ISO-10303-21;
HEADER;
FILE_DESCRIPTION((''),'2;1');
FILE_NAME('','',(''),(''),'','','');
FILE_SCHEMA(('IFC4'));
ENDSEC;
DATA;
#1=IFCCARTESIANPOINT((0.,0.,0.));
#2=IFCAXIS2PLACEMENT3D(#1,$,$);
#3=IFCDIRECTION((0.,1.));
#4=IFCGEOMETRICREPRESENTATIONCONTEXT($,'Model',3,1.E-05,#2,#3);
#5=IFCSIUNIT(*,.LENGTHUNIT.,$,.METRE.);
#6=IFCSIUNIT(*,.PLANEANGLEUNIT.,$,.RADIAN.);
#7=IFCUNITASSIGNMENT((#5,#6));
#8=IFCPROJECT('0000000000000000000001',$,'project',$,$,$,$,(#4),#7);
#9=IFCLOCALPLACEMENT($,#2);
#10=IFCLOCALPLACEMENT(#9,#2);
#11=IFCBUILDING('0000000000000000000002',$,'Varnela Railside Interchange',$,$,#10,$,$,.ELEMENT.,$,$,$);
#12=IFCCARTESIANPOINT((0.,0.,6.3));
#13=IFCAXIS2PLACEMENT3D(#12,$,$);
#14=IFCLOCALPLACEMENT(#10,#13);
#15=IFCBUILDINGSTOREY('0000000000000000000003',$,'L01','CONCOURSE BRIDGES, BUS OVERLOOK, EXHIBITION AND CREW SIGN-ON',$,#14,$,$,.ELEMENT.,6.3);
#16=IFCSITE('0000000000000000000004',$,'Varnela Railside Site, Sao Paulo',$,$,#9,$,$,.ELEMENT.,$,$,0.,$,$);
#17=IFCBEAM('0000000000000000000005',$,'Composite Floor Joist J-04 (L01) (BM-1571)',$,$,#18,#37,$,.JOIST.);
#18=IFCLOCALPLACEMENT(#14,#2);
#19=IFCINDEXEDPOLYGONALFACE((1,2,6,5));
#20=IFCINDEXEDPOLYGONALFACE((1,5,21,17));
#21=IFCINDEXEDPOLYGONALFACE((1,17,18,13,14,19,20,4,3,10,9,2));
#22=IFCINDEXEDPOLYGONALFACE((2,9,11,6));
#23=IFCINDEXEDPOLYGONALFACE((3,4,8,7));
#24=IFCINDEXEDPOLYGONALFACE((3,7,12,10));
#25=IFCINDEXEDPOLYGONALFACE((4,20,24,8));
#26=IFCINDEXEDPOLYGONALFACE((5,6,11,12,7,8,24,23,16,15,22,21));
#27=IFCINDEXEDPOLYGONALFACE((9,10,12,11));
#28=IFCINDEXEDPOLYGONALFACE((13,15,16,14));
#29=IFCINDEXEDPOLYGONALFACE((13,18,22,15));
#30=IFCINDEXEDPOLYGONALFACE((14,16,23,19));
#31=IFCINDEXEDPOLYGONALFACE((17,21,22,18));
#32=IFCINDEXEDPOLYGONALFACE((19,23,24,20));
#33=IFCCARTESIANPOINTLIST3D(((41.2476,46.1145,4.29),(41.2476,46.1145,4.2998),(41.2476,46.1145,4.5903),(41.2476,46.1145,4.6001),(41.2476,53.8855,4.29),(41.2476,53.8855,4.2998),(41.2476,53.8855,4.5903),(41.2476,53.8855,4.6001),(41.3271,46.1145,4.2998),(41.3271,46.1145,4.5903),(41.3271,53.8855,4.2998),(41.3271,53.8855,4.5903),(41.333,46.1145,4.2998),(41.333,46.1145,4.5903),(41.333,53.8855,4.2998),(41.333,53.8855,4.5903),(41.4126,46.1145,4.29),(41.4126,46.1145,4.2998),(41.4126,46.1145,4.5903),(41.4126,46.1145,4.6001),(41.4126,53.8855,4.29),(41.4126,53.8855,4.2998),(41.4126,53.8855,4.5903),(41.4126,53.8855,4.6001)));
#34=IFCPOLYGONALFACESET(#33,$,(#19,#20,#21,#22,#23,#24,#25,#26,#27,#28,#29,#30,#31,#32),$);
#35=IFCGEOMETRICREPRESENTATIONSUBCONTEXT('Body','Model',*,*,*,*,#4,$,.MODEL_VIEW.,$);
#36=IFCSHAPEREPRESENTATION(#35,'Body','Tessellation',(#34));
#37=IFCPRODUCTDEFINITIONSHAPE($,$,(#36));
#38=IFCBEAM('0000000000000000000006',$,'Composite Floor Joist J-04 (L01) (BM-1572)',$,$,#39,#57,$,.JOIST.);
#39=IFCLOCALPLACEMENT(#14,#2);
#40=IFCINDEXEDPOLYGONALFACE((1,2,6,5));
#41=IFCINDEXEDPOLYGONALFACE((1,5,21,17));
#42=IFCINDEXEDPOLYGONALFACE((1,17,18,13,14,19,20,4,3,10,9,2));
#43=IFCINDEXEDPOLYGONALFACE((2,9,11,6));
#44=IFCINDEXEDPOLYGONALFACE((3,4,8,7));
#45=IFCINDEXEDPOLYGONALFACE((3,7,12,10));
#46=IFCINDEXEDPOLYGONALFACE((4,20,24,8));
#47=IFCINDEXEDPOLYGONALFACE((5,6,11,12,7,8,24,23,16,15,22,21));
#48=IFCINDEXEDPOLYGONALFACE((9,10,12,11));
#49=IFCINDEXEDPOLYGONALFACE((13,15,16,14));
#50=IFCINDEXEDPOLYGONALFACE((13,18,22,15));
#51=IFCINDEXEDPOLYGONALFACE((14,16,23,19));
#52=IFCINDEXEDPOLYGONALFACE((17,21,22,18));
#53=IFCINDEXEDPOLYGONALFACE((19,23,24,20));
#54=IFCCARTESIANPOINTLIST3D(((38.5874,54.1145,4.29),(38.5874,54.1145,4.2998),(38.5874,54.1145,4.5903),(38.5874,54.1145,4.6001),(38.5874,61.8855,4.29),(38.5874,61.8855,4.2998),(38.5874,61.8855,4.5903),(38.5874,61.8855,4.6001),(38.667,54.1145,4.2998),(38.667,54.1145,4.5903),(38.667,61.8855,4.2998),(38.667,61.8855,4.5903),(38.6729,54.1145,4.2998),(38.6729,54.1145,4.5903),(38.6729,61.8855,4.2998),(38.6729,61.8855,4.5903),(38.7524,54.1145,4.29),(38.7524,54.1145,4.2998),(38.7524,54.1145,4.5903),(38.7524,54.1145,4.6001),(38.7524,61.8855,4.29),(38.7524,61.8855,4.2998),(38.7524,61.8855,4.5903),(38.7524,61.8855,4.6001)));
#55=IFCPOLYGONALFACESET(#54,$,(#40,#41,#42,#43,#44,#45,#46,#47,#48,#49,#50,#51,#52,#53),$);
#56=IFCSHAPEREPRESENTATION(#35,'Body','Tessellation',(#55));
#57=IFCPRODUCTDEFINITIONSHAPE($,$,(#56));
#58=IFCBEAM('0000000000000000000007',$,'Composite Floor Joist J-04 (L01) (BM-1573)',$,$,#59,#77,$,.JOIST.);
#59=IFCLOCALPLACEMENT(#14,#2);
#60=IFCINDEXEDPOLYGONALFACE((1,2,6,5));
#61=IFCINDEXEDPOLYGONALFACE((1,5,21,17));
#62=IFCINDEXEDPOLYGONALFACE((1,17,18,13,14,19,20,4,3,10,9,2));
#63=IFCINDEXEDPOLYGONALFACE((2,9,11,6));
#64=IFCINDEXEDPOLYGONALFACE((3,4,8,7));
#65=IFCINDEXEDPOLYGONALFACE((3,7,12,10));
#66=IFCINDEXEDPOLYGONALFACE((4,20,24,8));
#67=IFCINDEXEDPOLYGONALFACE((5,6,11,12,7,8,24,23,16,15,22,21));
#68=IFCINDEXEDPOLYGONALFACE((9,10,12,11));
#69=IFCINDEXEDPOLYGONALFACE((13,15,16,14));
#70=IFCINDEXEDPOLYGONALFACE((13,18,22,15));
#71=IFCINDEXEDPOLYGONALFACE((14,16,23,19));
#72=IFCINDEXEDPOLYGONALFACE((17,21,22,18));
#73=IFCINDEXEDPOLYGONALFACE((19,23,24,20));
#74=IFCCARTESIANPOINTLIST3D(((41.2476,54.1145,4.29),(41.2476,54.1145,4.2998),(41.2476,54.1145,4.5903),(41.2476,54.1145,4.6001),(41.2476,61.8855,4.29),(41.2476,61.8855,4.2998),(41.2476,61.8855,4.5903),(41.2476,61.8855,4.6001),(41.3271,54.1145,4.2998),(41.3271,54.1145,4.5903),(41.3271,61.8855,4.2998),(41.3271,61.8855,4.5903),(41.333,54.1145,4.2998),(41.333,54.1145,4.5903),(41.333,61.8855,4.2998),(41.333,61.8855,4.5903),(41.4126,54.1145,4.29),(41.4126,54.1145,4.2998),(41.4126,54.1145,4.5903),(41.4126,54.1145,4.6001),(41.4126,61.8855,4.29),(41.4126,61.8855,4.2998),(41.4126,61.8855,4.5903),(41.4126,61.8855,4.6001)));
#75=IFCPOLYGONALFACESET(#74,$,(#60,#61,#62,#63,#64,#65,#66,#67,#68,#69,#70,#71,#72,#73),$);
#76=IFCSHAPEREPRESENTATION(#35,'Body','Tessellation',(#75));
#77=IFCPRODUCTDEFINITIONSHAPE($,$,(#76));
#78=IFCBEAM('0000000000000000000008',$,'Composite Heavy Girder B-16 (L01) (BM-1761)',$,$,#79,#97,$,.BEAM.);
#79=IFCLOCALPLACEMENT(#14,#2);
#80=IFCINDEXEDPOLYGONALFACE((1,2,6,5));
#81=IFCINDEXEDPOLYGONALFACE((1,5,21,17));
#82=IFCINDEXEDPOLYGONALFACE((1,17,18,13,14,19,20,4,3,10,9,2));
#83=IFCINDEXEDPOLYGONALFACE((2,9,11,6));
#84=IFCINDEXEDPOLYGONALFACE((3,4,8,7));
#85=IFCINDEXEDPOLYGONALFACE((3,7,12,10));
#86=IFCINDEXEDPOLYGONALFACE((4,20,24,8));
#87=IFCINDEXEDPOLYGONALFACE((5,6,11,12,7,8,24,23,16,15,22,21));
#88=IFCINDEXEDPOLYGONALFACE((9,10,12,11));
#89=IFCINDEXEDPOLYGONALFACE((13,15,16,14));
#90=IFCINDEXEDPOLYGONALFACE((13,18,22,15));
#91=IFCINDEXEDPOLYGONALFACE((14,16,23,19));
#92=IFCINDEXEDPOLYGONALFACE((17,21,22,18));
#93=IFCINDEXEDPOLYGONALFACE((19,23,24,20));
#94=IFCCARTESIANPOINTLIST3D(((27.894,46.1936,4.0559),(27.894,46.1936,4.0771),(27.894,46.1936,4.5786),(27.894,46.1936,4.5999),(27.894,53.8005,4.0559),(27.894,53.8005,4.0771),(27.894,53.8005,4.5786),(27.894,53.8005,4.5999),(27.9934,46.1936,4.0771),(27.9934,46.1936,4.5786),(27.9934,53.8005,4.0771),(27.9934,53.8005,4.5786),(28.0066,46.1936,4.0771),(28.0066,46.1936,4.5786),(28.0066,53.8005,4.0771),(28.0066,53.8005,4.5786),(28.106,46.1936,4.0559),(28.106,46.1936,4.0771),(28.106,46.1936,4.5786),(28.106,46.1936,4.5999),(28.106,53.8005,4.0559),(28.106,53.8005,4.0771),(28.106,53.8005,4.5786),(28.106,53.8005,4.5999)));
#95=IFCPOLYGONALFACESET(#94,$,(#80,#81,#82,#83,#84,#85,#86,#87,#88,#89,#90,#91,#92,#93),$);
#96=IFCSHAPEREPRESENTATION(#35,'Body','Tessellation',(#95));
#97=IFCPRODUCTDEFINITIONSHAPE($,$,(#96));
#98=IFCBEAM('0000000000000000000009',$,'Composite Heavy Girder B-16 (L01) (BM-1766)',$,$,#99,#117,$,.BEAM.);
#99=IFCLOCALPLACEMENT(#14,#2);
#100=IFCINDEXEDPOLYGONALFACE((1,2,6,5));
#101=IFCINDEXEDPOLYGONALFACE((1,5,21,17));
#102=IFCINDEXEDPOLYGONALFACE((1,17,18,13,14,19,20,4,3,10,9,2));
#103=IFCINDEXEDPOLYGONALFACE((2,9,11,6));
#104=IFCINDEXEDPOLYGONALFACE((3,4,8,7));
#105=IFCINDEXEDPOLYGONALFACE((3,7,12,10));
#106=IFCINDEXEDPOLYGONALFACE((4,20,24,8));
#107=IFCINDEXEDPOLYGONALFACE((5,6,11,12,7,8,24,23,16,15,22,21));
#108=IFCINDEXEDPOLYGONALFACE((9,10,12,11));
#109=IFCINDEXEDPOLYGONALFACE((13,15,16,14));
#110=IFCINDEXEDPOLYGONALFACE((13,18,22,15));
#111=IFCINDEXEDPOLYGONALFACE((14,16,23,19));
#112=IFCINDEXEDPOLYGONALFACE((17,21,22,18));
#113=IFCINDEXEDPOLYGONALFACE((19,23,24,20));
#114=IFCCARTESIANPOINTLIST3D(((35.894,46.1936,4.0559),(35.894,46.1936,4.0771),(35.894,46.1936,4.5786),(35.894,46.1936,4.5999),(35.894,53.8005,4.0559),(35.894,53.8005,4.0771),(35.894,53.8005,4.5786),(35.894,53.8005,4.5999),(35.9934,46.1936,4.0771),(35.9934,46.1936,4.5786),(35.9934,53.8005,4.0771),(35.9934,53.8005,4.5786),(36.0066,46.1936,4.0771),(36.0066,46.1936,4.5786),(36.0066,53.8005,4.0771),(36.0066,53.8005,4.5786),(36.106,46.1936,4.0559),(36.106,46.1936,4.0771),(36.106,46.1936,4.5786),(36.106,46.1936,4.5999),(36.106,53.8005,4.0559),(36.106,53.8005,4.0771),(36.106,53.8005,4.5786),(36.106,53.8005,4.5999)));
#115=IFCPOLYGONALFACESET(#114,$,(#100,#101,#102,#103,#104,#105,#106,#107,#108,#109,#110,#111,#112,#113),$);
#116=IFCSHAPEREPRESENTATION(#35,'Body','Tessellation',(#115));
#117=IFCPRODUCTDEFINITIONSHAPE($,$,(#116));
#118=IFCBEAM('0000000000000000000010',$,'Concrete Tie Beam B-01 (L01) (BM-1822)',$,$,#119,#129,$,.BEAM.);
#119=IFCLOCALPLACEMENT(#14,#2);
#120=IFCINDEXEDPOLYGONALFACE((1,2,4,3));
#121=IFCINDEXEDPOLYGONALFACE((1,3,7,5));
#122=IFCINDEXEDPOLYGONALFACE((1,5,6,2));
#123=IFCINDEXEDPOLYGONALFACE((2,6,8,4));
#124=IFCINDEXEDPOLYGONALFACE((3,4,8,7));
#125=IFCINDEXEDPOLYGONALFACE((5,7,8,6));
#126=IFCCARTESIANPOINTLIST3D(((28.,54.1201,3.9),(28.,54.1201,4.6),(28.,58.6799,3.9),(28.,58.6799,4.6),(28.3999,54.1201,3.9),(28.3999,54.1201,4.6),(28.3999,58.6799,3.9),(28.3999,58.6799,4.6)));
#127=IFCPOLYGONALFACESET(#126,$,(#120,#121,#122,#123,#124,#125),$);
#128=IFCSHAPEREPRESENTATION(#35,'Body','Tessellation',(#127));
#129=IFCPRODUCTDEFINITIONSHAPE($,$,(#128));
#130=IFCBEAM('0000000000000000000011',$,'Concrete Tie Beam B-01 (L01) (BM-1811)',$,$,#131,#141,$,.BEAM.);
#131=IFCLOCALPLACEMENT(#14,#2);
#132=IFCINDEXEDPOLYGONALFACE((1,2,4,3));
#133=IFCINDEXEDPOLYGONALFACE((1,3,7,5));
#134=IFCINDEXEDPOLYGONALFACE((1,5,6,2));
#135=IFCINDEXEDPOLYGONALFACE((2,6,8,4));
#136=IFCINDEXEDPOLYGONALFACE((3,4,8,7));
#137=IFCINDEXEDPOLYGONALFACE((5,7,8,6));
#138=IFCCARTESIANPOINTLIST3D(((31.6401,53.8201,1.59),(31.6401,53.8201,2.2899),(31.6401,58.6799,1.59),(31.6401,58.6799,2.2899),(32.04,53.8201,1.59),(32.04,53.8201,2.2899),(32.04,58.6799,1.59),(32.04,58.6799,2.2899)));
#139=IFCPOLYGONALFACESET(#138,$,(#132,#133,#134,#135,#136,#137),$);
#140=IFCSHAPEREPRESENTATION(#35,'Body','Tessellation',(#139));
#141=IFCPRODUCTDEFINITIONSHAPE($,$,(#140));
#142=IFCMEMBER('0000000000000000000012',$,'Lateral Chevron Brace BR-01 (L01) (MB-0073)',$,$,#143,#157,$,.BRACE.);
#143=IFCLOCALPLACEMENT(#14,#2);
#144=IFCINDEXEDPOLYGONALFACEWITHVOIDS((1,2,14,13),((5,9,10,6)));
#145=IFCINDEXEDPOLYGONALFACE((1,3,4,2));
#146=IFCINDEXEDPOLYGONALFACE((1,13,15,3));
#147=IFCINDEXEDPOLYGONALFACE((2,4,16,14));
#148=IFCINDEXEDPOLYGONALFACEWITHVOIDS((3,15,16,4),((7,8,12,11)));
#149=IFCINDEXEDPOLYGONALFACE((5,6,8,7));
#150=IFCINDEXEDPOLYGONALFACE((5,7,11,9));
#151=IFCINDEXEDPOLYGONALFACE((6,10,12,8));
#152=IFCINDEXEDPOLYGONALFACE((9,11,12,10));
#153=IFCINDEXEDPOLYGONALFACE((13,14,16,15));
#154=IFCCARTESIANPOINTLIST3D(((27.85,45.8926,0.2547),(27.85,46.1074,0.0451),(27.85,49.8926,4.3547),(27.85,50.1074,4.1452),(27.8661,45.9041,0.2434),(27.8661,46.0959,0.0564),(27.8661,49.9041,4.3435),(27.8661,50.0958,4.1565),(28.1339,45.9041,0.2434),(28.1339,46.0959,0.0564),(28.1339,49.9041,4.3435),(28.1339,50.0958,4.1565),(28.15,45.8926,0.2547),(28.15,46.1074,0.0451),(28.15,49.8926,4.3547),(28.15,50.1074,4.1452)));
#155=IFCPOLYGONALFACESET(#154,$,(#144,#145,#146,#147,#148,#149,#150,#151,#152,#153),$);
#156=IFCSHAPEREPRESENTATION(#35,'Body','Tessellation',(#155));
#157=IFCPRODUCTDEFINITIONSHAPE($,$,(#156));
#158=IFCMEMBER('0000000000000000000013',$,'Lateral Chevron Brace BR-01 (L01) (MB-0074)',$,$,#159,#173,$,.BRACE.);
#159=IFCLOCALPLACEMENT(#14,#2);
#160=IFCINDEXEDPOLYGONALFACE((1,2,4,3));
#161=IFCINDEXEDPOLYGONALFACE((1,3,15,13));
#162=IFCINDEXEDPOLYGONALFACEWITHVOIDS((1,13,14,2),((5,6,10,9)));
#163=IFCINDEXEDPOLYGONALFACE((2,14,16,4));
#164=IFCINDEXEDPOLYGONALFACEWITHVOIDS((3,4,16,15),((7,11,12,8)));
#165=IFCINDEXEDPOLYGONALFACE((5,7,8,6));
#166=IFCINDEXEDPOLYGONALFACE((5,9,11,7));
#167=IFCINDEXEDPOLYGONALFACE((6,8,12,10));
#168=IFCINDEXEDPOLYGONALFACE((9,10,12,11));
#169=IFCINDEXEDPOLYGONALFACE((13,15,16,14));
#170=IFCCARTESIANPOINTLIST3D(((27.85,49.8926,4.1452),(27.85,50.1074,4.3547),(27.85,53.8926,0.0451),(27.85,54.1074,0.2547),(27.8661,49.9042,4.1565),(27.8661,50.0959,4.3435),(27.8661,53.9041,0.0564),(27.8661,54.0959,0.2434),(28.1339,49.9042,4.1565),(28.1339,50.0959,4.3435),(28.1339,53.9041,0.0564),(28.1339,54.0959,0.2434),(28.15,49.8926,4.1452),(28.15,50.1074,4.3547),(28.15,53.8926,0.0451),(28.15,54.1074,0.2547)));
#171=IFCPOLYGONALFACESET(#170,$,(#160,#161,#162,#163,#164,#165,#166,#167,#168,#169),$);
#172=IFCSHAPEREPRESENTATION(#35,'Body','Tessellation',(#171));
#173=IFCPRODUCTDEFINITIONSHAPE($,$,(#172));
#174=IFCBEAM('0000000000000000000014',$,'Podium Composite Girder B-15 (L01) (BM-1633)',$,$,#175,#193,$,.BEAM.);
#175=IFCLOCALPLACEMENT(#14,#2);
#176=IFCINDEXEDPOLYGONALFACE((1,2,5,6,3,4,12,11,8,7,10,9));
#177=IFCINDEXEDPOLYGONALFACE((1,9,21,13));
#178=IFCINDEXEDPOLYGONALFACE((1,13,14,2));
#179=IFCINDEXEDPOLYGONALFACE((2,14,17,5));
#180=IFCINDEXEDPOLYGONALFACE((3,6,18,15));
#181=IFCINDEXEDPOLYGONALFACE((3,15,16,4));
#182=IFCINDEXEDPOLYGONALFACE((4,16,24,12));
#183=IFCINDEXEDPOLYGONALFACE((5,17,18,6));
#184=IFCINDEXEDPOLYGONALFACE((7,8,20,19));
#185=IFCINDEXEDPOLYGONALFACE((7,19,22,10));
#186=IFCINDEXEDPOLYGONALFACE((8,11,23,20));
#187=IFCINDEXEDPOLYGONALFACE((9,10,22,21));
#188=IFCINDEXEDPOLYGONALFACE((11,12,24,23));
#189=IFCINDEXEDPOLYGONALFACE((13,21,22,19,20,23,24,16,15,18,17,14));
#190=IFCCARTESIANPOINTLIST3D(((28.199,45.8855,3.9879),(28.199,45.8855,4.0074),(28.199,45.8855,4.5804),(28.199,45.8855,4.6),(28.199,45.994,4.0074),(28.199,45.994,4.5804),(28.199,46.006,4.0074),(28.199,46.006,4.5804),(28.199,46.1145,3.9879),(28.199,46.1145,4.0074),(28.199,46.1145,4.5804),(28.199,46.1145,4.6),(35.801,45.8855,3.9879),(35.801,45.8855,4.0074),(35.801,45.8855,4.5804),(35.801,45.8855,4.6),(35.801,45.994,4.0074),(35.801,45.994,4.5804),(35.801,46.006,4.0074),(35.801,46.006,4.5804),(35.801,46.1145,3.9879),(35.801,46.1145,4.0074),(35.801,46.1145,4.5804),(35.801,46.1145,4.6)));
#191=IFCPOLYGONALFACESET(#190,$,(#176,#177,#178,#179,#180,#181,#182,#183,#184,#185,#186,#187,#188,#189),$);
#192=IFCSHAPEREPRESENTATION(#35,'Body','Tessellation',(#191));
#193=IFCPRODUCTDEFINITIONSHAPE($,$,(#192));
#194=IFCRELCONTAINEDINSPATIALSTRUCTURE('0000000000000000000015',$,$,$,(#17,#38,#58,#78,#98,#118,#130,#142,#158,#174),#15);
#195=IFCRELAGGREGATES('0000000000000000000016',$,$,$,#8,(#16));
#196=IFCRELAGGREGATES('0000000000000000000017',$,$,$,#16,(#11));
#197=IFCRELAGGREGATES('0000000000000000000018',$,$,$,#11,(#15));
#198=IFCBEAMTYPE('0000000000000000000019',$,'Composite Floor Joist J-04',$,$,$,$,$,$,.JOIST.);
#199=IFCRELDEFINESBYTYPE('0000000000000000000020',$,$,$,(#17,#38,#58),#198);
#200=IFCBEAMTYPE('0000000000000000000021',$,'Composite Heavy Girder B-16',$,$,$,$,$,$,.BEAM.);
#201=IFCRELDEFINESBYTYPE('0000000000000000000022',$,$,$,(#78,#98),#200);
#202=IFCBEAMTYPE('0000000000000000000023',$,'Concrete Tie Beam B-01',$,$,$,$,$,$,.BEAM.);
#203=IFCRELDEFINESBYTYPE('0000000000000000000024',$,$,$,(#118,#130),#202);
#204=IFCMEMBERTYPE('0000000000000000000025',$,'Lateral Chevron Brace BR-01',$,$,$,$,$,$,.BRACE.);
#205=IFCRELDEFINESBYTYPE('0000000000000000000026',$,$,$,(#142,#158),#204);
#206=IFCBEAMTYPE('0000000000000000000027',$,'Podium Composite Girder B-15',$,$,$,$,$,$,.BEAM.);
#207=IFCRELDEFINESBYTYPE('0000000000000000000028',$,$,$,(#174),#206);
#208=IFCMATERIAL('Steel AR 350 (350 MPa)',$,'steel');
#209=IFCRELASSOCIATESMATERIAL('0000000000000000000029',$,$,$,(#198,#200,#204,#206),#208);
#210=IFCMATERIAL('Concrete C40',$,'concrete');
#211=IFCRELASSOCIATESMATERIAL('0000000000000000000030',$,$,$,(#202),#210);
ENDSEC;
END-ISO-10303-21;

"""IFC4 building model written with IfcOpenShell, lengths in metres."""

from ifc_helpers import new_model, si_unit, direction, frame, origin, origin_2d, place, context, subcontext, project, spatial, rectangle, hollow_rectangle, i_section, extrude, material, material_profile, profile_set, type_object, element, save


model = new_model("IFC4")

# Units and contexts
model_context = context("Model", 3, precision=1e-05, world=origin(), true_north=direction((0.0, 1.0)))
body_context = subcontext(model_context, "Body", "Model", "MODEL_VIEW")
ifc_project = project(units=[si_unit("LENGTHUNIT", "METRE"), si_unit("PLANEANGLEUNIT", "RADIAN")], contexts=[model_context])

# Site, building, storey
site_placement = place(None, origin())
site = spatial("IfcSite", under=ifc_project, at=site_placement, Name="Varnela Railside Site, Sao Paulo", CompositionType="ELEMENT", RefElevation=0.0)
building_placement = place(site_placement, origin())
building = spatial("IfcBuilding", under=site, at=building_placement, Name="Varnela Railside Interchange", CompositionType="ELEMENT")
storey_placement = place(building_placement, frame((0.0, 0.0, 6.3)))
storey = spatial("IfcBuildingStorey", under=building, at=storey_placement, Name="L01", Description="CONCOURSE BRIDGES, BUS OVERLOOK, EXHIBITION AND CREW SIGN-ON", CompositionType="ELEMENT", Elevation=6.3)

# Shared definitions
ifc_material_1 = material(Name="Steel AR 350 (350 MPa)", Category="steel")

# Beams
ifc_material_profile_1 = material_profile(ifc_material_1, i_section(OverallWidth=0.165, OverallDepth=0.3101, WebThickness=0.0059, FlangeThickness=0.0098, at=origin_2d()), Name="W310x38.7")
ifc_profile_set_1 = profile_set([ifc_material_profile_1], Name="Steel AR 350 (350 MPa)")
beam_type_1 = type_object("IfcBeamType", Name="Composite Floor Joist J-04", PredefinedType="JOIST", material=ifc_profile_set_1)
for number, where, z_axis, x_axis, name in (
    (1, (41.3301, 46.1145, 4.4451), (0.0, 1.0, 0.0), (-1.0, 0.0, 0.0), "Composite Floor Joist J-04 (L01) (BM-1571)"),
    (2, (38.6699, 54.1145, 4.4451), (0.0, 1.0, 0.0), (-1.0, 0.0, 0.0), "Composite Floor Joist J-04 (L01) (BM-1572)"),
    (3, (41.3301, 54.1145, 4.4451), (0.0, 1.0, 0.0), (-1.0, 0.0, 0.0), "Composite Floor Joist J-04 (L01) (BM-1573)"),
):
    element("IfcBeam", number, at=place(storey_placement, frame(where, z_axis=z_axis, x_axis=x_axis)), inside=storey, type_object=beam_type_1, Name=name, PredefinedType="JOIST", context=body_context, shape_type="SweptSolid", body=[
        extrude(i_section(OverallWidth=0.165, OverallDepth=0.3101, WebThickness=0.0059, FlangeThickness=0.0098, at=origin_2d()), origin(), (0.0, 0.0, 1.0), 7.771),
    ])
ifc_material_profile_2 = material_profile(ifc_material_1, i_section(OverallWidth=0.2119, OverallDepth=0.5439, WebThickness=0.0132, FlangeThickness=0.0212, at=origin_2d()), Name="W530x123")
ifc_profile_set_2 = profile_set([ifc_material_profile_2], Name="Steel AR 350 (350 MPa)")
beam_type_2 = type_object("IfcBeamType", Name="Composite Heavy Girder B-16", PredefinedType="BEAM", material=ifc_profile_set_2)
for number, where, z_axis, x_axis, name in (
    (4, (28.0, 46.1936, 4.3279), (0.0, 1.0, 0.0), (-1.0, 0.0, 0.0), "Composite Heavy Girder B-16 (L01) (BM-1761)"),
    (5, (36.0, 46.1936, 4.3279), (0.0, 1.0, 0.0), (-1.0, 0.0, 0.0), "Composite Heavy Girder B-16 (L01) (BM-1766)"),
):
    element("IfcBeam", number, at=place(storey_placement, frame(where, z_axis=z_axis, x_axis=x_axis)), inside=storey, type_object=beam_type_2, Name=name, PredefinedType="BEAM", context=body_context, shape_type="SweptSolid", body=[
        extrude(i_section(OverallWidth=0.2119, OverallDepth=0.5439, WebThickness=0.0132, FlangeThickness=0.0212, at=origin_2d()), origin(), (0.0, 0.0, 1.0), 7.6069),
    ])
ifc_material_2 = material(Name="Concrete C40", Category="concrete")
ifc_material_profile_3 = material_profile(ifc_material_2, rectangle(XDim=0.3999, YDim=0.7, at=origin_2d()), Name="RC 400x700")
ifc_profile_set_3 = profile_set([ifc_material_profile_3], Name="Concrete C40")
beam_type_3 = type_object("IfcBeamType", Name="Concrete Tie Beam B-01", PredefinedType="BEAM", material=ifc_profile_set_3)
beam_1_placement = place(storey_placement, frame((28.2, 54.1201, 4.25), z_axis=(0.0, 1.0, 0.0), x_axis=(-1.0, 0.0, 0.0)))
element("IfcBeam", 6, at=beam_1_placement, inside=storey, type_object=beam_type_3, Name="Concrete Tie Beam B-01 (L01) (BM-1822)", PredefinedType="BEAM", context=body_context, shape_type="SweptSolid", body=[
    extrude(rectangle(XDim=0.3999, YDim=0.7, at=origin_2d()), origin(), (0.0, 0.0, 1.0), 4.5598),
])
beam_2_placement = place(storey_placement, frame((31.8401, 53.8201, 1.9399), z_axis=(0.0, 1.0, 0.0), x_axis=(-1.0, 0.0, 0.0)))
element("IfcBeam", 7, at=beam_2_placement, inside=storey, type_object=beam_type_3, Name="Concrete Tie Beam B-01 (L01) (BM-1811)", PredefinedType="BEAM", context=body_context, shape_type="SweptSolid", body=[
    extrude(rectangle(XDim=0.3999, YDim=0.7, at=origin_2d()), origin(), (0.0, 0.0, 1.0), 4.8599),
])

# Members
ifc_material_profile_4 = material_profile(ifc_material_1, hollow_rectangle(XDim=0.3, YDim=0.3, WallThickness=0.0161, at=origin_2d()), Name="HSS 300x300x16")
ifc_profile_set_4 = profile_set([ifc_material_profile_4], Name="Steel AR 350 (350 MPa)")
member_type = type_object("IfcMemberType", Name="Lateral Chevron Brace BR-01", PredefinedType="BRACE", material=ifc_profile_set_4)
for number, where, z_axis, x_axis, name in (
    (8, (28.0, 46.0, 0.1499), (0.0, 0.698315, 0.71579), (-1.0, 0.0, 0.0), "Lateral Chevron Brace BR-01 (L01) (MB-0073)"),
    (9, (28.0, 54.0, 0.1499), (0.0, -0.698315, 0.71579), (1.0, 0.0, 0.0), "Lateral Chevron Brace BR-01 (L01) (MB-0074)"),
):
    element("IfcMember", number, at=place(storey_placement, frame(where, z_axis=z_axis, x_axis=x_axis)), inside=storey, type_object=member_type, Name=name, PredefinedType="BRACE", context=body_context, shape_type="SweptSolid", body=[
        extrude(hollow_rectangle(XDim=0.3, YDim=0.3, WallThickness=0.0161, at=origin_2d()), origin(), (0.0, 0.0, 1.0), 5.728),
    ])

# Beam
ifc_material_profile_5 = material_profile(ifc_material_1, i_section(OverallWidth=0.229, OverallDepth=0.6121, WebThickness=0.012, FlangeThickness=0.0195, at=origin_2d()), Name="W610x125")
ifc_profile_set_5 = profile_set([ifc_material_profile_5], Name="Steel AR 350 (350 MPa)")
beam_type_4 = type_object("IfcBeamType", Name="Podium Composite Girder B-15", PredefinedType="BEAM", material=ifc_profile_set_5)
for number, where, z_axis, x_axis, name in (
    (10, (28.199, 46.0, 4.2939), (1.0, 0.0, 0.0), (0.0, 1.0, 0.0), "Podium Composite Girder B-15 (L01) (BM-1633)"),
):
    element("IfcBeam", number, at=place(storey_placement, frame(where, z_axis=z_axis, x_axis=x_axis)), inside=storey, type_object=beam_type_4, Name=name, PredefinedType="BEAM", context=body_context, shape_type="SweptSolid", body=[
        extrude(i_section(OverallWidth=0.229, OverallDepth=0.6121, WebThickness=0.012, FlangeThickness=0.0195, at=origin_2d()), origin(), (0.0, 0.0, 1.0), 7.6021),
    ])

save(model, "model.ifc")
